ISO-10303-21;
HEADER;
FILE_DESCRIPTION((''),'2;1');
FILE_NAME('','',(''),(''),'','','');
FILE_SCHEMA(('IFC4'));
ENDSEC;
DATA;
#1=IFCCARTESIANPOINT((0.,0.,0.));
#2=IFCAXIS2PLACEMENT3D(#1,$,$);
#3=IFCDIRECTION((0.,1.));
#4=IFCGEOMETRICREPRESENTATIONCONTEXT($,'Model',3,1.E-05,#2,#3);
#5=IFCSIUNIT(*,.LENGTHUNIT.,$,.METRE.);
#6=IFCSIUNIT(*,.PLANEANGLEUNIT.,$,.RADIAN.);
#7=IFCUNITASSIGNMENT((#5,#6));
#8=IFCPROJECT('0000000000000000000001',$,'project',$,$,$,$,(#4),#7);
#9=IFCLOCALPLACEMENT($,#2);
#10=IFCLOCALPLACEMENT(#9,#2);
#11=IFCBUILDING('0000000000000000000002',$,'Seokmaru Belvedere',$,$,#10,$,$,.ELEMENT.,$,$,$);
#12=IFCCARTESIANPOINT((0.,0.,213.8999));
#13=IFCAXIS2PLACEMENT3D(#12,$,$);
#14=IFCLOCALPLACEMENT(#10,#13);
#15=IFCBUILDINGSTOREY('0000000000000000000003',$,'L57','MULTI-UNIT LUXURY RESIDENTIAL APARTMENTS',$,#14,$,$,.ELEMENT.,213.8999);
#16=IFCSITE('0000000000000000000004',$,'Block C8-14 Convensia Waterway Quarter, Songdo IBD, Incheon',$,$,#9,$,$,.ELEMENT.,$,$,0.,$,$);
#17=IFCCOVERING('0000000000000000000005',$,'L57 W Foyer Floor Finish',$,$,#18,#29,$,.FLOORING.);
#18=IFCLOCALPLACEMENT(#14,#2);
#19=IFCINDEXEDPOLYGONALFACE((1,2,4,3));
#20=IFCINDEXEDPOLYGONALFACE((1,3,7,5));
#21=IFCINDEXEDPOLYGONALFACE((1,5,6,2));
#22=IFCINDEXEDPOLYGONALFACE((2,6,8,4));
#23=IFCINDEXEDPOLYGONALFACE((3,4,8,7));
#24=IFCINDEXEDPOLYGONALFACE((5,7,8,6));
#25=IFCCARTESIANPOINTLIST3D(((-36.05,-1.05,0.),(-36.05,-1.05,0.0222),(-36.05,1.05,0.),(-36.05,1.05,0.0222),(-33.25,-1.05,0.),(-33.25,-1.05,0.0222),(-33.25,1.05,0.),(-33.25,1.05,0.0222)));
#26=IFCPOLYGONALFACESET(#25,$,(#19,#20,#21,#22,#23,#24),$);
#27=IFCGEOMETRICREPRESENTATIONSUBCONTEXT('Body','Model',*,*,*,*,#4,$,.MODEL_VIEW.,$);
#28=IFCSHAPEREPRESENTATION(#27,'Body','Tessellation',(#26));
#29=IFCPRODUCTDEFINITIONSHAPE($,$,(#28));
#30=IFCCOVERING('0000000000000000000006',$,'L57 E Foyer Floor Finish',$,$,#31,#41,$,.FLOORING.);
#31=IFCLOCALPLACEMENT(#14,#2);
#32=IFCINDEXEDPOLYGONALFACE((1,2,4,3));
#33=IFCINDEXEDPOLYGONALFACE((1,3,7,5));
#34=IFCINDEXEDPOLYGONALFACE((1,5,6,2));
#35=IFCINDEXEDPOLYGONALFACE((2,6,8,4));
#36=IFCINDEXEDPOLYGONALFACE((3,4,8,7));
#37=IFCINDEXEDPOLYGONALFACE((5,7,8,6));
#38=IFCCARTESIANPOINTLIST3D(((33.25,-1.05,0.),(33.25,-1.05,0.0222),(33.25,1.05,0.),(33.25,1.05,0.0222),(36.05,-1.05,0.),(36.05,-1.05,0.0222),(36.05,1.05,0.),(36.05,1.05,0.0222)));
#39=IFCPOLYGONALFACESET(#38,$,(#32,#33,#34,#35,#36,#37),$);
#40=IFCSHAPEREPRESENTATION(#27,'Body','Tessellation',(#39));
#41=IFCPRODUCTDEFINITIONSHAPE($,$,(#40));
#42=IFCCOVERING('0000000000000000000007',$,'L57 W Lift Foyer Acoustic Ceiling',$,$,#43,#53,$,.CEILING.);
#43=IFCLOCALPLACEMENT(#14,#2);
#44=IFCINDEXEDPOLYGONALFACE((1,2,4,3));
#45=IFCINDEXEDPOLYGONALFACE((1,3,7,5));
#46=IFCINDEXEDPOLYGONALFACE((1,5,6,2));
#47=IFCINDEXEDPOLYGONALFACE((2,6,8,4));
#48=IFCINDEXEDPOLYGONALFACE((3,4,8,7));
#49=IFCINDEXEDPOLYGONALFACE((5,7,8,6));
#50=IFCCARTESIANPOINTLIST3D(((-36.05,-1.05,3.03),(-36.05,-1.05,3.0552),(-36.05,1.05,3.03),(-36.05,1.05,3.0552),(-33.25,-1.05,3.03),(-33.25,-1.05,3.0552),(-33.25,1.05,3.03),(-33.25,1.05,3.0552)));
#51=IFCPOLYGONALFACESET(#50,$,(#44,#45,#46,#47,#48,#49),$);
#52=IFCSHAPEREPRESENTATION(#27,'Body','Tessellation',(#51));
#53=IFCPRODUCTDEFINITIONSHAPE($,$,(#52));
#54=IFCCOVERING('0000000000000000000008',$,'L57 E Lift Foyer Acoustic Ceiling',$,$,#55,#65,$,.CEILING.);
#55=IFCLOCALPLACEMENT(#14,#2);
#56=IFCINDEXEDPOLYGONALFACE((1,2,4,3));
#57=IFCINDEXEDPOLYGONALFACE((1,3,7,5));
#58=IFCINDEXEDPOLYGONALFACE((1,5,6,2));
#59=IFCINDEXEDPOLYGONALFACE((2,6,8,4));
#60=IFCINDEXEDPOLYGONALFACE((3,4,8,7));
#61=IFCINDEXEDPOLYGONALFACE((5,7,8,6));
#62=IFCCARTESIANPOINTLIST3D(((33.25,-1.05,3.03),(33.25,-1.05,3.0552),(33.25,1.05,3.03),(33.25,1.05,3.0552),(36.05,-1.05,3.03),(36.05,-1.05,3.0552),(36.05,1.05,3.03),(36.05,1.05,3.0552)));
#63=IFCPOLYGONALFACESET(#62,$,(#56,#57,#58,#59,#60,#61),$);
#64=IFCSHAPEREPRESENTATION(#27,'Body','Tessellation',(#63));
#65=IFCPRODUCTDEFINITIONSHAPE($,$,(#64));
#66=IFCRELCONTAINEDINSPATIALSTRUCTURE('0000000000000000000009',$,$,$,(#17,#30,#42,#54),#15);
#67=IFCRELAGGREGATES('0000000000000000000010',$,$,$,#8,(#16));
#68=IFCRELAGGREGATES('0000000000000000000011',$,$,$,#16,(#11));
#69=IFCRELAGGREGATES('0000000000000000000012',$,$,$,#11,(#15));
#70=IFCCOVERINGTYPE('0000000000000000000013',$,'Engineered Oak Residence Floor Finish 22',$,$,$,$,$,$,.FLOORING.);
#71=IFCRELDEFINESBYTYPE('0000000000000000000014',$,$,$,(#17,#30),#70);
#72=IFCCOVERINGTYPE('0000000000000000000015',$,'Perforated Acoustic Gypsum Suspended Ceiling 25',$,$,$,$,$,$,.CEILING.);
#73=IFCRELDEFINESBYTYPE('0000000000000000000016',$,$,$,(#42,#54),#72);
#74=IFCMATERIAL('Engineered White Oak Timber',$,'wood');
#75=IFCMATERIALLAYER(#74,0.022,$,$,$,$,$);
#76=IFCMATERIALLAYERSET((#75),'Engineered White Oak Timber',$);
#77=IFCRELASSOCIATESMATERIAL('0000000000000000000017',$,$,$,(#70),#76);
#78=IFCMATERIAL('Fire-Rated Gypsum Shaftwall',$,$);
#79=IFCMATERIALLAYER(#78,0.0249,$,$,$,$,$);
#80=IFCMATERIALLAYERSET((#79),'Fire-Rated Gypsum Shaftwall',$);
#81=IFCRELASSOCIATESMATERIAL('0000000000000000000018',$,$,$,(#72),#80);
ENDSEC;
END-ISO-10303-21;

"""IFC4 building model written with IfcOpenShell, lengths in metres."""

from ifc_helpers import new_model, si_unit, direction, frame, origin, place, context, subcontext, project, spatial, polyline, outline, extrude, material, layer, layer_set, type_object, element, save


model = new_model("IFC4")

# Units and contexts
model_context = context("Model", 3, precision=1e-05, world=origin(), true_north=direction((0.0, 1.0)))
body_context = subcontext(model_context, "Body", "Model", "MODEL_VIEW")
ifc_project = project(units=[si_unit("LENGTHUNIT", "METRE"), si_unit("PLANEANGLEUNIT", "RADIAN")], contexts=[model_context])

# Site, building, storey
site_placement = place(None, origin())
site = spatial("IfcSite", under=ifc_project, at=site_placement, Name="Block C8-14 Convensia Waterway Quarter, Songdo IBD, Incheon", CompositionType="ELEMENT", RefElevation=0.0)
building_placement = place(site_placement, origin())
building = spatial("IfcBuilding", under=site, at=building_placement, Name="Seokmaru Belvedere", CompositionType="ELEMENT")
storey_placement = place(building_placement, frame((0.0, 0.0, 213.8999)))
storey = spatial("IfcBuildingStorey", under=building, at=storey_placement, Name="L57", Description="MULTI-UNIT LUXURY RESIDENTIAL APARTMENTS", CompositionType="ELEMENT", Elevation=213.8999)

# Shared definitions
ifc_material_1 = material(Name="Fire-Rated Gypsum Shaftwall")

# Coverings
ifc_material_2 = material(Name="Engineered White Oak Timber", Category="wood")
ifc_layer_1 = layer(ifc_material_2, 0.022)
ifc_layer_set_1 = layer_set([ifc_layer_1], Name="Engineered White Oak Timber")
covering_type_1 = type_object("IfcCoveringType", Name="Engineered Oak Residence Floor Finish 22", PredefinedType="FLOORING", material=ifc_layer_set_1)
covering_1_placement = place(storey_placement, origin())
element("IfcCovering", 1, at=covering_1_placement, inside=storey, type_object=covering_type_1, Name="L57 W Foyer Floor Finish", PredefinedType="FLOORING", context=body_context, shape_type="SweptSolid", body=[
    extrude(outline(polyline([(-36.05, -1.05), (-33.25, -1.05), (-33.25, 1.05), (-36.05, 1.05), (-36.05, -1.05)])), origin(), (0.0, 0.0, 1.0), 0.0222),
])
covering_2_placement = place(storey_placement, origin())
element("IfcCovering", 2, at=covering_2_placement, inside=storey, type_object=covering_type_1, Name="L57 E Foyer Floor Finish", PredefinedType="FLOORING", context=body_context, shape_type="SweptSolid", body=[
    extrude(outline(polyline([(33.25, -1.05), (36.05, -1.05), (36.05, 1.05), (33.25, 1.05), (33.25, -1.05)])), origin(), (0.0, 0.0, 1.0), 0.0222),
])
ifc_layer_2 = layer(ifc_material_1, 0.0249)
ifc_layer_set_2 = layer_set([ifc_layer_2], Name="Fire-Rated Gypsum Shaftwall")
covering_type_2 = type_object("IfcCoveringType", Name="Perforated Acoustic Gypsum Suspended Ceiling 25", PredefinedType="CEILING", material=ifc_layer_set_2)
covering_3_placement = place(storey_placement, frame((0.0, 0.0, 3.03)))
element("IfcCovering", 3, at=covering_3_placement, inside=storey, type_object=covering_type_2, Name="L57 W Lift Foyer Acoustic Ceiling", PredefinedType="CEILING", context=body_context, shape_type="SweptSolid", body=[
    extrude(outline(polyline([(-36.05, -1.05), (-33.25, -1.05), (-33.25, 1.05), (-36.05, 1.05), (-36.05, -1.05)])), origin(), (0.0, 0.0, 1.0), 0.0251),
])
covering_4_placement = place(storey_placement, frame((0.0, 0.0, 3.03)))
element("IfcCovering", 4, at=covering_4_placement, inside=storey, type_object=covering_type_2, Name="L57 E Lift Foyer Acoustic Ceiling", PredefinedType="CEILING", context=body_context, shape_type="SweptSolid", body=[
    extrude(outline(polyline([(33.25, -1.05), (36.05, -1.05), (36.05, 1.05), (33.25, 1.05), (33.25, -1.05)])), origin(), (0.0, 0.0, 1.0), 0.0251),
])

save(model, "model.ifc")
